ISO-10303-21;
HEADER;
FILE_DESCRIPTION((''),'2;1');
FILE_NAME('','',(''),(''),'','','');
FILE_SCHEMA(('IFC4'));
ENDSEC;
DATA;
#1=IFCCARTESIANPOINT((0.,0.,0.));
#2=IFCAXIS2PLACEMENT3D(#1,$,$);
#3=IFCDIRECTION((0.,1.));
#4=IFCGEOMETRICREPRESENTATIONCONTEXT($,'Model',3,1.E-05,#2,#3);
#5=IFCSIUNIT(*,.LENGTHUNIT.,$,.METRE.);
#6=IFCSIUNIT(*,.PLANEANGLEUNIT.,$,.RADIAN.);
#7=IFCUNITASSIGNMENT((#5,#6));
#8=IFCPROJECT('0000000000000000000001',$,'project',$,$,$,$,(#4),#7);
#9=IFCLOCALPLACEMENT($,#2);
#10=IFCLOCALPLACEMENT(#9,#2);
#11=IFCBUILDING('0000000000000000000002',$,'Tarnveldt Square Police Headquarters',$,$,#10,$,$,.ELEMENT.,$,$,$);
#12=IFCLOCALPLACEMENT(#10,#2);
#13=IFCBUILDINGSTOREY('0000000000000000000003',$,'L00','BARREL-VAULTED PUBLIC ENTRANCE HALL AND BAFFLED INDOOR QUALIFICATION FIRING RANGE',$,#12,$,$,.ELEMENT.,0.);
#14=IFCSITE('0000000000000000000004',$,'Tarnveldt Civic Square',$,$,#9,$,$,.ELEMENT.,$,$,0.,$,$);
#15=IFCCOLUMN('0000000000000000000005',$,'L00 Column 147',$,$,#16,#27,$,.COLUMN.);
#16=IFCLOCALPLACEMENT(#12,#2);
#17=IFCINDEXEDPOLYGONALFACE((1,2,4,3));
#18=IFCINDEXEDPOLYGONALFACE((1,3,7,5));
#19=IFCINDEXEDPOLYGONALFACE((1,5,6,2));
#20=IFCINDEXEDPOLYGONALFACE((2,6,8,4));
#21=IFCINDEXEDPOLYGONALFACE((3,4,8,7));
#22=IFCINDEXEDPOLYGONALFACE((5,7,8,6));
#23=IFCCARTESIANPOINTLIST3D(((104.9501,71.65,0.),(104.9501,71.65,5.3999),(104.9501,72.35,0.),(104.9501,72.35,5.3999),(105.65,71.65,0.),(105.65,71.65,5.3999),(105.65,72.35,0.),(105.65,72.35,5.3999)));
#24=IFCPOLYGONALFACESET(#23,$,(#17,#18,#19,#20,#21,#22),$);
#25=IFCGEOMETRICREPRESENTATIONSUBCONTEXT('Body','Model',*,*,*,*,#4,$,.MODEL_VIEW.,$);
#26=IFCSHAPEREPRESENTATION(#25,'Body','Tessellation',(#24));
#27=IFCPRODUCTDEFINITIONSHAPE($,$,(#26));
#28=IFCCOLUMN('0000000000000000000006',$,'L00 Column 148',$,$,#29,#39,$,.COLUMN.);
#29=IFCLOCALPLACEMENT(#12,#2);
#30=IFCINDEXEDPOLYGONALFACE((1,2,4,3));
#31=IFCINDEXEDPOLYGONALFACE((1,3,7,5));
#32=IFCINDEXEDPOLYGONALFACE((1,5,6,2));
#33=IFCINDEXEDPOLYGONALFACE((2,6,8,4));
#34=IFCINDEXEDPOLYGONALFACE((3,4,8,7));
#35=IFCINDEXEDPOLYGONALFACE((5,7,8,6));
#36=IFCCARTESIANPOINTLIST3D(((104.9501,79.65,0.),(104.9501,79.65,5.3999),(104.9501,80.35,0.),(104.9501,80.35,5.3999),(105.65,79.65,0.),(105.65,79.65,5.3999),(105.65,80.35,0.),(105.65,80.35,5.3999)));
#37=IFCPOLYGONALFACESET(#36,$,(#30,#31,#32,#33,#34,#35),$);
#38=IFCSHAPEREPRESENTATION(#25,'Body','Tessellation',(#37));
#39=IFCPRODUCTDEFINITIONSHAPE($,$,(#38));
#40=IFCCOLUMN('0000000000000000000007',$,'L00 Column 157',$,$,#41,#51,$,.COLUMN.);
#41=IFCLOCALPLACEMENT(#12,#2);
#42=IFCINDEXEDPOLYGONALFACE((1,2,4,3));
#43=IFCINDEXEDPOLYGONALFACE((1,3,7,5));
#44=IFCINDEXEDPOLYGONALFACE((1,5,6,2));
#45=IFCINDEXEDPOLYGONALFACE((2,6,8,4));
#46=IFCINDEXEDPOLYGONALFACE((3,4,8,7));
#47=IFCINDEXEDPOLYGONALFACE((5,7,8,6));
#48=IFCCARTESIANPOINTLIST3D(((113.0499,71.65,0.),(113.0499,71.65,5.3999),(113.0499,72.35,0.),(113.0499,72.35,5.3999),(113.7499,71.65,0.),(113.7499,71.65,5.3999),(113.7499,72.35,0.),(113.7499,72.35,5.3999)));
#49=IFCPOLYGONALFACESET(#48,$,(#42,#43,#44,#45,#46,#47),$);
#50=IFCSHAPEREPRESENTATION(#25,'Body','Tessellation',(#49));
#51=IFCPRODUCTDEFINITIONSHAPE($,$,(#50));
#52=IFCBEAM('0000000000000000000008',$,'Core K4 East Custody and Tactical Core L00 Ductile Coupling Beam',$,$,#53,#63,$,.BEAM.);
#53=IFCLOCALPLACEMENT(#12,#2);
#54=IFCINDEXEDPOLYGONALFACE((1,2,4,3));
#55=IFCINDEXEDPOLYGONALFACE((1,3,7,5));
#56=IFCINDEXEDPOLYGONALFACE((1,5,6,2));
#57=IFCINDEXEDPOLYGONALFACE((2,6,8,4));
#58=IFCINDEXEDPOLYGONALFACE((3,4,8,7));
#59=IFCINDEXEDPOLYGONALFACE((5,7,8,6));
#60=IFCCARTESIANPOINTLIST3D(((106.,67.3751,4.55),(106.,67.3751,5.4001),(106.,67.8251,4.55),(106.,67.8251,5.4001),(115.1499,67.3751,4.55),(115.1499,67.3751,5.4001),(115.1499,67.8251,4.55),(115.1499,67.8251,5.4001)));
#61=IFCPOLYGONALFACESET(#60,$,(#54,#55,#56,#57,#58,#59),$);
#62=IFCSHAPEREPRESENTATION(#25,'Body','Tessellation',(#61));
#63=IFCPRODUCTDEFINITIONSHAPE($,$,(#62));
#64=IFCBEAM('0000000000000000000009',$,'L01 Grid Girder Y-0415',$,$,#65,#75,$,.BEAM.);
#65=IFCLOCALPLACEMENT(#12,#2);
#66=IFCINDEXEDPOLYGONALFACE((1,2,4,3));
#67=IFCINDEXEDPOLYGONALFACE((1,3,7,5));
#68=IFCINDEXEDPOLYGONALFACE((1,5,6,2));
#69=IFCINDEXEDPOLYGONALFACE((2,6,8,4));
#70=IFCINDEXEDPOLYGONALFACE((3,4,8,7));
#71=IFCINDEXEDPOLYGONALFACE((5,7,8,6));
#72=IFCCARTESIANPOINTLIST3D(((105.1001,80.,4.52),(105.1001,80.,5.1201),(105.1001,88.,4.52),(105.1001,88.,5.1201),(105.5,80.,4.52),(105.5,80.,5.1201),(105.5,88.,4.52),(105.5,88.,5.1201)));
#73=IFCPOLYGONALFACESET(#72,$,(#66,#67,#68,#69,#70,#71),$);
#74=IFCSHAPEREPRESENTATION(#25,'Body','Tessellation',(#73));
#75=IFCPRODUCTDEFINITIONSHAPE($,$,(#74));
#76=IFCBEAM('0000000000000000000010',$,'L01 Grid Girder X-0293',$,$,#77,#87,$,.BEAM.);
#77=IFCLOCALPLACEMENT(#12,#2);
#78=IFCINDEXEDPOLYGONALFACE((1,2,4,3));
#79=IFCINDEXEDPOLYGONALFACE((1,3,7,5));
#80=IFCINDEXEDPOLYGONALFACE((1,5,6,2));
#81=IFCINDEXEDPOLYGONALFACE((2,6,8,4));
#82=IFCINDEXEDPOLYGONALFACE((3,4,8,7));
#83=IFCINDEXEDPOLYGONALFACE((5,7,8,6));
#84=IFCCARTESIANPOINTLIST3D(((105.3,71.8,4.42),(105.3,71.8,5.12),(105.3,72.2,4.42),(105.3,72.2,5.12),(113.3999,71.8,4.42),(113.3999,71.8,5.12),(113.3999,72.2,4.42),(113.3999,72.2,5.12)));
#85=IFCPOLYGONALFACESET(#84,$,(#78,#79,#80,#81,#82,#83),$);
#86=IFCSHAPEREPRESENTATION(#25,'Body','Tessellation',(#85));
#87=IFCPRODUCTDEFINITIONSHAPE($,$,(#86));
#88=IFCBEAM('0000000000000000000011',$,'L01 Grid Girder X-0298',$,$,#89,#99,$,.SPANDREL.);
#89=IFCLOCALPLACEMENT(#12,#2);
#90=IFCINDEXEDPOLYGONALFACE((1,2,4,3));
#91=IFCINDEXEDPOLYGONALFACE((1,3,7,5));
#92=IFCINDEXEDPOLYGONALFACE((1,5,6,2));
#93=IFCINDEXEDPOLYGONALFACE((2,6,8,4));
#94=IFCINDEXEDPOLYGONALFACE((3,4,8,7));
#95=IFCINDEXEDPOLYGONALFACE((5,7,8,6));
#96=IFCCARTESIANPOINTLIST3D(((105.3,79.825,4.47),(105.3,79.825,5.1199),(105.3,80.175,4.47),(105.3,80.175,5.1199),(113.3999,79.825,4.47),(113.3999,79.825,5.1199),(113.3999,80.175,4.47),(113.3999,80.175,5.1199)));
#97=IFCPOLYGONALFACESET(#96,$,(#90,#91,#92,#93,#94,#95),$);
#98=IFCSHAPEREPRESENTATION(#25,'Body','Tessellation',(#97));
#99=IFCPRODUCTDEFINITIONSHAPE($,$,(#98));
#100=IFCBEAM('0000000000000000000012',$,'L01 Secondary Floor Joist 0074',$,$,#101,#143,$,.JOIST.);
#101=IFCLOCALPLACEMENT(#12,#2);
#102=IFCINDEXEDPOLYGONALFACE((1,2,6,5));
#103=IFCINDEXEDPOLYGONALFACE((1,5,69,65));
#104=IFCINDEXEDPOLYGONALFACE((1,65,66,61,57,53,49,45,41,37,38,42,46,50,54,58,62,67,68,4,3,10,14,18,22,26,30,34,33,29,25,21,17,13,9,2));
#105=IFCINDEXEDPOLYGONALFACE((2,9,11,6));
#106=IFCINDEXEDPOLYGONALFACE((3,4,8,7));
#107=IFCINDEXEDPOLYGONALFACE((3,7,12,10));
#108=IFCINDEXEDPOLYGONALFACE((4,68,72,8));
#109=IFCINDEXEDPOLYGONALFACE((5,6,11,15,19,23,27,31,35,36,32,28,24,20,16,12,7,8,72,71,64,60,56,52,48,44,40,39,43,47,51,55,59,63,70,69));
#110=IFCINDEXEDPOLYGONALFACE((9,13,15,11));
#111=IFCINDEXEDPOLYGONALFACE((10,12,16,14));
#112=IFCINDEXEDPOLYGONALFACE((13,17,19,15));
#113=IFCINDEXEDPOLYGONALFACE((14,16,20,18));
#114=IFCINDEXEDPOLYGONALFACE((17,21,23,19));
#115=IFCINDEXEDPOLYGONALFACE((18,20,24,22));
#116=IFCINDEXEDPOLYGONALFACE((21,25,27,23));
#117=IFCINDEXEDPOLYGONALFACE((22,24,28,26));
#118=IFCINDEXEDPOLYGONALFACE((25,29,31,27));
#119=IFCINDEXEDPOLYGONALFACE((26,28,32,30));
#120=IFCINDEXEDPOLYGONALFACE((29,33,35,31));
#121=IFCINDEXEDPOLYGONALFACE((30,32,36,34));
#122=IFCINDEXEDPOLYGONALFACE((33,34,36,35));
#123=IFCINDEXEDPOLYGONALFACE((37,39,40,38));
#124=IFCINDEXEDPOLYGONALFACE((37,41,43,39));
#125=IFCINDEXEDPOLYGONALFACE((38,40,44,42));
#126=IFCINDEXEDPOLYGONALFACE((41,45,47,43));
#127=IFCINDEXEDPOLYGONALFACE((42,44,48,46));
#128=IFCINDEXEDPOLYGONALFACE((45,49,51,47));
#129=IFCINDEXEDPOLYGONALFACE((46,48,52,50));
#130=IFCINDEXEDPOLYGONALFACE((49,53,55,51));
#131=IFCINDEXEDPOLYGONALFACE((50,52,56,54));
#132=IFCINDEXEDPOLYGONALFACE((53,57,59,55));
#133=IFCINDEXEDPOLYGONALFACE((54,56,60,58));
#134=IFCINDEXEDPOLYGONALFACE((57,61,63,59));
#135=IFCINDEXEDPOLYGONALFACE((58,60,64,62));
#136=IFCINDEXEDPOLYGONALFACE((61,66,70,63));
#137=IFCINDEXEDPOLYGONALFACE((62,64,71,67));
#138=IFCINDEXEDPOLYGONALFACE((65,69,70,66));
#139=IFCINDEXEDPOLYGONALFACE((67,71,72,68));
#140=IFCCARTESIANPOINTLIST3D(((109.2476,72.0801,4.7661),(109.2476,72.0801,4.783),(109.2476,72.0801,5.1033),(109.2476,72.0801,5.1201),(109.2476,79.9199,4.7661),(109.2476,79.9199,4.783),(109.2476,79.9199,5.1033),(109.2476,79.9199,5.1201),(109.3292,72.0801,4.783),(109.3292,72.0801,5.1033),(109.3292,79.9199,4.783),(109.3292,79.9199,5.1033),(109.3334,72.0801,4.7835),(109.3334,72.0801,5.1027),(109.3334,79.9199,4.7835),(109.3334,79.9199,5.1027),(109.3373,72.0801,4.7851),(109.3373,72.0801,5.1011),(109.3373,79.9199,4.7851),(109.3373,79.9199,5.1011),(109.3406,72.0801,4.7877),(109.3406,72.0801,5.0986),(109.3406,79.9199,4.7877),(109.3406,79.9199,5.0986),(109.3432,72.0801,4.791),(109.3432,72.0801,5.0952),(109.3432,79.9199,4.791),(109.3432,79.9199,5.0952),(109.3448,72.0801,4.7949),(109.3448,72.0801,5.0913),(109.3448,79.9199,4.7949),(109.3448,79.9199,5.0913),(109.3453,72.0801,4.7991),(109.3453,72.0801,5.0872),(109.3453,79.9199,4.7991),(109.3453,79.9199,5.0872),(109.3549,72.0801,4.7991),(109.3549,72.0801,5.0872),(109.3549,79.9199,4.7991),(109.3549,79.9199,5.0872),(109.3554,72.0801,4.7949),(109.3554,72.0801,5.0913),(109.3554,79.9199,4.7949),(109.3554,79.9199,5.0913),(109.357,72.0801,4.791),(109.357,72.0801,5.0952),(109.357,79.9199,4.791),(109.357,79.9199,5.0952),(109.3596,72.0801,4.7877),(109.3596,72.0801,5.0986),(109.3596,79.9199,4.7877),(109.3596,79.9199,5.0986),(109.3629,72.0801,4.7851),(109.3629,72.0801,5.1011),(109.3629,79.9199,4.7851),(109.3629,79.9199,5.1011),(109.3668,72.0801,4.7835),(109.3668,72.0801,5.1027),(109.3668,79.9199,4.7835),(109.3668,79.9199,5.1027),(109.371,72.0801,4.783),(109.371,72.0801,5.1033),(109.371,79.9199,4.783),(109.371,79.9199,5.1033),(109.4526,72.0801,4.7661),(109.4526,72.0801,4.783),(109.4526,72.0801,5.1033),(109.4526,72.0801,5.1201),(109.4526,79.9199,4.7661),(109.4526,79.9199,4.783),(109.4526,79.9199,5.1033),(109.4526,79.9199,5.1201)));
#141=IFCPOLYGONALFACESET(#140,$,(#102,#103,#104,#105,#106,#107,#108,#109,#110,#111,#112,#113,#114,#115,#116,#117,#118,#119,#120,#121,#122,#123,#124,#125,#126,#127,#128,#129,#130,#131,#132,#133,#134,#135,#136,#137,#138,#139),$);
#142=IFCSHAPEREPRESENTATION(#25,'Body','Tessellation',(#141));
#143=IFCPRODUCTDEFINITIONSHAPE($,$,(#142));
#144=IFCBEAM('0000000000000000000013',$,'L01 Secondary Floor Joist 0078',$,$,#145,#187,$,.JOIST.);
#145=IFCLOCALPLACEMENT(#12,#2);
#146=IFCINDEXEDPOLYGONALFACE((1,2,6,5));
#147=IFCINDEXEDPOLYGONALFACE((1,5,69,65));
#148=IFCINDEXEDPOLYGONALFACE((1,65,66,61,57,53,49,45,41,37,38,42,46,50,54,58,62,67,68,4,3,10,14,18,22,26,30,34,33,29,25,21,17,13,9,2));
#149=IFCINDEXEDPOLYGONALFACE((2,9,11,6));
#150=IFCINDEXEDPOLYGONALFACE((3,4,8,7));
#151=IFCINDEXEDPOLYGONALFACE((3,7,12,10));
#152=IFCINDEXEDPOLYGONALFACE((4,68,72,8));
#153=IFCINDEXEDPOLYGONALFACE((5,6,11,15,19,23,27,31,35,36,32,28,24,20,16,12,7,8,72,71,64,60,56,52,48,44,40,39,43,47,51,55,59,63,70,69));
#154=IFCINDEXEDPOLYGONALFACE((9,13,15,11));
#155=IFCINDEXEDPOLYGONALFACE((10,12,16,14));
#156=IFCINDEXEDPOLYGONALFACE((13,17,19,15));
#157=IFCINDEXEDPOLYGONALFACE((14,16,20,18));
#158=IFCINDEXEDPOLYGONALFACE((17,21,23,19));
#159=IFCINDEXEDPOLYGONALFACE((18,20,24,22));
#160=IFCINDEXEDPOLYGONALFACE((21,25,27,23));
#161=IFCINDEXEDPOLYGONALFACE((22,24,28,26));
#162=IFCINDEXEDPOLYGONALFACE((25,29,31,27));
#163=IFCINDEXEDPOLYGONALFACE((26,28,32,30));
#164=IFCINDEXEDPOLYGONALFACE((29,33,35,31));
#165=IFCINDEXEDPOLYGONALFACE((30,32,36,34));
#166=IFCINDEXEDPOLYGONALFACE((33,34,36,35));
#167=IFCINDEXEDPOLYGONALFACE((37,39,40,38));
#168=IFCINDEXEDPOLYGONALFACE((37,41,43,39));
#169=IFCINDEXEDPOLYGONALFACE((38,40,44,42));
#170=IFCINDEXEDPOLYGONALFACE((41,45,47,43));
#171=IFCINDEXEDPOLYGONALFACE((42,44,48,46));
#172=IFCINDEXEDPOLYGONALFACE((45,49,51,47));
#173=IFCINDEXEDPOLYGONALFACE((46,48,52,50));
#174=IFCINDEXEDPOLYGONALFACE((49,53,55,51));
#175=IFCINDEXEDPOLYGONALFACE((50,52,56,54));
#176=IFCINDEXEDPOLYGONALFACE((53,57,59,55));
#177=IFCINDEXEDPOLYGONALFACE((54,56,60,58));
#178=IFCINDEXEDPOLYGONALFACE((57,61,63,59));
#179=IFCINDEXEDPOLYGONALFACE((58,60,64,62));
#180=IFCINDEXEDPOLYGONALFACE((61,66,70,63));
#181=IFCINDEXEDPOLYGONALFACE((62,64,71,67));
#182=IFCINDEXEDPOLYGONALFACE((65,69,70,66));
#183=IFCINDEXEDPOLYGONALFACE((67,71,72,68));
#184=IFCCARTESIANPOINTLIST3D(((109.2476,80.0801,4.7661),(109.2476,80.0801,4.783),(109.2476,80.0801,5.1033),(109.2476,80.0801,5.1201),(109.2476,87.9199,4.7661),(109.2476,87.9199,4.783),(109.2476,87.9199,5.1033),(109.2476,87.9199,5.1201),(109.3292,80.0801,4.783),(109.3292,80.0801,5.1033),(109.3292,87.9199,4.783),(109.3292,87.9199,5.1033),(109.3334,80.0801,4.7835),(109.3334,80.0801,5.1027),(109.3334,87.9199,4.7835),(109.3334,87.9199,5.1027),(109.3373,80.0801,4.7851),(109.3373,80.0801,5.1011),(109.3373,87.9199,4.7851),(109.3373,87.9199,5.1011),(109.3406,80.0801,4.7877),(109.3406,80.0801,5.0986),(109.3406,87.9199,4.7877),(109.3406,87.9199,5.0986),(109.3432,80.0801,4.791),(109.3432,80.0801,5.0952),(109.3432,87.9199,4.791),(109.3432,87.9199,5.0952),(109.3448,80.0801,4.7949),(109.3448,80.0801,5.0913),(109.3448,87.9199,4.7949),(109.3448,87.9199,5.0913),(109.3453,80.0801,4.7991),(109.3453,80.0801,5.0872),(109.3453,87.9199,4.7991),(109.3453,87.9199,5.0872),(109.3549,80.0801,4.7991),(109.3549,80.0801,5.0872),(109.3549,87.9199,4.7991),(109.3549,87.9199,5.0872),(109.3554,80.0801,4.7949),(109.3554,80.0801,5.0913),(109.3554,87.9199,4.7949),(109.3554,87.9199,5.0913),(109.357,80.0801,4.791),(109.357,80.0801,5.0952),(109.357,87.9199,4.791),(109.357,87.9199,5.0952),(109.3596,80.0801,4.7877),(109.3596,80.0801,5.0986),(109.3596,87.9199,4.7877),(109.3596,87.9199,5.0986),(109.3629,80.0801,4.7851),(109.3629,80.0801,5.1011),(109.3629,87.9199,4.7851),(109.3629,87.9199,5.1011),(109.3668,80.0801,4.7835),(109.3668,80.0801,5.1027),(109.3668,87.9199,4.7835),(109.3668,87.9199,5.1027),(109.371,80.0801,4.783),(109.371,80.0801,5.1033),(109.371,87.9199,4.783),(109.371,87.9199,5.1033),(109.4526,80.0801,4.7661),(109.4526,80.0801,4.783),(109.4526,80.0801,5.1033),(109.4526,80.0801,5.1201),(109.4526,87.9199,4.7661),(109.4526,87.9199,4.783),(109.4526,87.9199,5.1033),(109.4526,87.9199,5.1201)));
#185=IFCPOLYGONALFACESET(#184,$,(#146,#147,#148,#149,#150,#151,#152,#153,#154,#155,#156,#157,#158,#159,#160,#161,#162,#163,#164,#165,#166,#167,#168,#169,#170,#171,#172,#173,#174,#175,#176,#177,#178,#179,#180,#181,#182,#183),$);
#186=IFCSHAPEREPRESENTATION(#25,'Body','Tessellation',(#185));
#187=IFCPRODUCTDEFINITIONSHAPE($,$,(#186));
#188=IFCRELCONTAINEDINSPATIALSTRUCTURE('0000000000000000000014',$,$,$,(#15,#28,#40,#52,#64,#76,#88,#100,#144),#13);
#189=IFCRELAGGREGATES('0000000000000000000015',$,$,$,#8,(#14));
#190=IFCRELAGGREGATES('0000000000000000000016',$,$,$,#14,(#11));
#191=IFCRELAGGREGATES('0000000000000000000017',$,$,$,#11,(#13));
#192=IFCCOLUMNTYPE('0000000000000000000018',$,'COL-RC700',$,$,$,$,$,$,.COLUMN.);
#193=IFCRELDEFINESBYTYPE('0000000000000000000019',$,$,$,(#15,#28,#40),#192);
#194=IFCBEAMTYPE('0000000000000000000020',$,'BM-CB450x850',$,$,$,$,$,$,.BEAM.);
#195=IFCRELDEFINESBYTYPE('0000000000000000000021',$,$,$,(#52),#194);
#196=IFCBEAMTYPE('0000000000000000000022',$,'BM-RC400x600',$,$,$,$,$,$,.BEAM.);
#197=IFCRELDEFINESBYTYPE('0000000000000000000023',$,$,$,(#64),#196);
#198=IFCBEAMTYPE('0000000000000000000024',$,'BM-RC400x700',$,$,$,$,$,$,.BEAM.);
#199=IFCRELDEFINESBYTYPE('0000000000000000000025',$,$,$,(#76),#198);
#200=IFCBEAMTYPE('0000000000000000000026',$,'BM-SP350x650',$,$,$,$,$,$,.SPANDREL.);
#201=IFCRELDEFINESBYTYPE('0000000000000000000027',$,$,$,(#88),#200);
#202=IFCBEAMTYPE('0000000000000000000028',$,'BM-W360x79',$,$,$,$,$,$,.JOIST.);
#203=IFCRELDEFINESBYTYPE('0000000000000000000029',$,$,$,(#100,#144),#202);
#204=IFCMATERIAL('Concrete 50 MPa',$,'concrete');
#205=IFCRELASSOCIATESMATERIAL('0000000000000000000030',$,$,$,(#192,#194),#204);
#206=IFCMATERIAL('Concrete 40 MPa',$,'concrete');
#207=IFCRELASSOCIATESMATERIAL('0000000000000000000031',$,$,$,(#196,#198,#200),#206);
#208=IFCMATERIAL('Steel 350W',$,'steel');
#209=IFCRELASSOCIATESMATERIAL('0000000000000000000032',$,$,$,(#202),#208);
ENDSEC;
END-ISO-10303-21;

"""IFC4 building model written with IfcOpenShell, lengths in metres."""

from ifc_helpers import new_model, si_unit, direction, frame, origin, origin_2d, place, context, subcontext, project, spatial, rectangle, i_section, extrude, material, material_profile, profile_set, type_object, element, save


model = new_model("IFC4")

# Units and contexts
model_context = context("Model", 3, precision=1e-05, world=origin(), true_north=direction((0.0, 1.0)))
body_context = subcontext(model_context, "Body", "Model", "MODEL_VIEW")
ifc_project = project(units=[si_unit("LENGTHUNIT", "METRE"), si_unit("PLANEANGLEUNIT", "RADIAN")], contexts=[model_context])

# Site, building, storey
site_placement = place(None, origin())
site = spatial("IfcSite", under=ifc_project, at=site_placement, Name="Tarnveldt Civic Square", CompositionType="ELEMENT", RefElevation=0.0)
building_placement = place(site_placement, origin())
building = spatial("IfcBuilding", under=site, at=building_placement, Name="Tarnveldt Square Police Headquarters", CompositionType="ELEMENT")
storey_placement = place(building_placement, origin())
storey = spatial("IfcBuildingStorey", under=building, at=storey_placement, Name="L00", Description="BARREL-VAULTED PUBLIC ENTRANCE HALL AND BAFFLED INDOOR QUALIFICATION FIRING RANGE", CompositionType="ELEMENT", Elevation=0.0)

# Columns
ifc_material_1 = material(Name="Concrete 50 MPa", Category="concrete")
ifc_material_profile_1 = material_profile(ifc_material_1, rectangle(XDim=0.7, YDim=0.7, at=origin_2d()), Name="RC-C700x700")
ifc_profile_set_1 = profile_set([ifc_material_profile_1], Name="Concrete 50 MPa")
column_type = type_object("IfcColumnType", Name="COL-RC700", PredefinedType="COLUMN", material=ifc_profile_set_1)
for number, where, z_axis, x_axis, name in (
    (1, (105.3, 72.0, 0.0), (0.0, 0.0, 1.0), (1.0, 0.0, 0.0), "L00 Column 147"),
    (2, (105.3, 80.0, 0.0), (0.0, 0.0, 1.0), (1.0, 0.0, 0.0), "L00 Column 148"),
    (3, (113.3999, 72.0, 0.0), (0.0, 0.0, 1.0), (1.0, 0.0, 0.0), "L00 Column 157"),
):
    element("IfcColumn", number, at=place(storey_placement, frame(where, z_axis=z_axis, x_axis=x_axis)), inside=storey, type_object=column_type, Name=name, PredefinedType="COLUMN", context=body_context, shape_type="SweptSolid", body=[
        extrude(rectangle(XDim=0.7, YDim=0.7, at=origin_2d()), origin(), (0.0, 0.0, 1.0), 5.3999),
    ])

# Beams
ifc_material_profile_2 = material_profile(ifc_material_1, rectangle(XDim=0.45, YDim=0.8501, at=origin_2d()), Name="RC-CB450x850")
ifc_profile_set_2 = profile_set([ifc_material_profile_2], Name="Concrete 50 MPa")
beam_type_1 = type_object("IfcBeamType", Name="BM-CB450x850", PredefinedType="BEAM", material=ifc_profile_set_2)
beam_1_placement = place(storey_placement, frame((106.0, 67.6001, 4.9751), z_axis=(1.0, 0.0, 0.0), x_axis=(0.0, 1.0, 0.0)))
element("IfcBeam", 4, at=beam_1_placement, inside=storey, type_object=beam_type_1, Name="Core K4 East Custody and Tactical Core L00 Ductile Coupling Beam", PredefinedType="BEAM", context=body_context, shape_type="SweptSolid", body=[
    extrude(rectangle(XDim=0.45, YDim=0.8501, at=origin_2d()), origin(), (0.0, 0.0, 1.0), 9.1499),
])
ifc_material_2 = material(Name="Concrete 40 MPa", Category="concrete")
ifc_material_profile_3 = material_profile(ifc_material_2, rectangle(XDim=0.3999, YDim=0.6001, at=origin_2d()), Name="RC-B400x600")
ifc_profile_set_3 = profile_set([ifc_material_profile_3], Name="Concrete 40 MPa")
beam_type_2 = type_object("IfcBeamType", Name="BM-RC400x600", PredefinedType="BEAM", material=ifc_profile_set_3)
beam_2_placement = place(storey_placement, frame((105.3, 80.0, 4.8201), z_axis=(0.0, 1.0, 0.0), x_axis=(-1.0, 0.0, 0.0)))
element("IfcBeam", 5, at=beam_2_placement, inside=storey, type_object=beam_type_2, Name="L01 Grid Girder Y-0415", PredefinedType="BEAM", context=body_context, shape_type="SweptSolid", body=[
    extrude(rectangle(XDim=0.3999, YDim=0.6001, at=origin_2d()), origin(), (0.0, 0.0, 1.0), 8.0),
])
ifc_material_profile_4 = material_profile(ifc_material_2, rectangle(XDim=0.3999, YDim=0.7, at=origin_2d()), Name="RC-B400x700")
ifc_profile_set_4 = profile_set([ifc_material_profile_4], Name="Concrete 40 MPa")
beam_type_3 = type_object("IfcBeamType", Name="BM-RC400x700", PredefinedType="BEAM", material=ifc_profile_set_4)
beam_3_placement = place(storey_placement, frame((105.3, 72.0, 4.77), z_axis=(1.0, 0.0, 0.0), x_axis=(0.0, 1.0, 0.0)))
element("IfcBeam", 6, at=beam_3_placement, inside=storey, type_object=beam_type_3, Name="L01 Grid Girder X-0293", PredefinedType="BEAM", context=body_context, shape_type="SweptSolid", body=[
    extrude(rectangle(XDim=0.3999, YDim=0.7, at=origin_2d()), origin(), (0.0, 0.0, 1.0), 8.0999),
])
ifc_material_profile_5 = material_profile(ifc_material_2, rectangle(XDim=0.3501, YDim=0.6499, at=origin_2d()), Name="RC-SP350x650")
ifc_profile_set_5 = profile_set([ifc_material_profile_5], Name="Concrete 40 MPa")
beam_type_4 = type_object("IfcBeamType", Name="BM-SP350x650", PredefinedType="SPANDREL", material=ifc_profile_set_5)
beam_4_placement = place(storey_placement, frame((105.3, 80.0, 4.7949), z_axis=(1.0, 0.0, 0.0), x_axis=(0.0, 1.0, 0.0)))
element("IfcBeam", 7, at=beam_4_placement, inside=storey, type_object=beam_type_4, Name="L01 Grid Girder X-0298", PredefinedType="SPANDREL", context=body_context, shape_type="SweptSolid", body=[
    extrude(rectangle(XDim=0.3501, YDim=0.6499, at=origin_2d()), origin(), (0.0, 0.0, 1.0), 8.0999),
])
ifc_material_3 = material(Name="Steel 350W", Category="steel")
ifc_material_profile_6 = material_profile(ifc_material_3, i_section(OverallWidth=0.2051, OverallDepth=0.354, WebThickness=0.0095, FlangeThickness=0.0168, FilletRadius=0.0161, at=origin_2d()), Name="W360x79")
ifc_profile_set_6 = profile_set([ifc_material_profile_6], Name="Steel 350W")
beam_type_5 = type_object("IfcBeamType", Name="BM-W360x79", PredefinedType="JOIST", material=ifc_profile_set_6)
for number, where, z_axis, x_axis, name in (
    (8, (109.3501, 72.0801, 4.9431), (0.0, 1.0, 0.0), (-1.0, 0.0, 0.0), "L01 Secondary Floor Joist 0074"),
    (9, (109.3501, 80.0801, 4.9431), (0.0, 1.0, 0.0), (-1.0, 0.0, 0.0), "L01 Secondary Floor Joist 0078"),
):
    element("IfcBeam", number, at=place(storey_placement, frame(where, z_axis=z_axis, x_axis=x_axis)), inside=storey, type_object=beam_type_5, Name=name, PredefinedType="JOIST", context=body_context, shape_type="SweptSolid", body=[
        extrude(i_section(OverallWidth=0.2051, OverallDepth=0.354, WebThickness=0.0095, FlangeThickness=0.0168, FilletRadius=0.0161, at=origin_2d()), origin(), (0.0, 0.0, 1.0), 7.8398),
    ])

save(model, "model.ifc")
